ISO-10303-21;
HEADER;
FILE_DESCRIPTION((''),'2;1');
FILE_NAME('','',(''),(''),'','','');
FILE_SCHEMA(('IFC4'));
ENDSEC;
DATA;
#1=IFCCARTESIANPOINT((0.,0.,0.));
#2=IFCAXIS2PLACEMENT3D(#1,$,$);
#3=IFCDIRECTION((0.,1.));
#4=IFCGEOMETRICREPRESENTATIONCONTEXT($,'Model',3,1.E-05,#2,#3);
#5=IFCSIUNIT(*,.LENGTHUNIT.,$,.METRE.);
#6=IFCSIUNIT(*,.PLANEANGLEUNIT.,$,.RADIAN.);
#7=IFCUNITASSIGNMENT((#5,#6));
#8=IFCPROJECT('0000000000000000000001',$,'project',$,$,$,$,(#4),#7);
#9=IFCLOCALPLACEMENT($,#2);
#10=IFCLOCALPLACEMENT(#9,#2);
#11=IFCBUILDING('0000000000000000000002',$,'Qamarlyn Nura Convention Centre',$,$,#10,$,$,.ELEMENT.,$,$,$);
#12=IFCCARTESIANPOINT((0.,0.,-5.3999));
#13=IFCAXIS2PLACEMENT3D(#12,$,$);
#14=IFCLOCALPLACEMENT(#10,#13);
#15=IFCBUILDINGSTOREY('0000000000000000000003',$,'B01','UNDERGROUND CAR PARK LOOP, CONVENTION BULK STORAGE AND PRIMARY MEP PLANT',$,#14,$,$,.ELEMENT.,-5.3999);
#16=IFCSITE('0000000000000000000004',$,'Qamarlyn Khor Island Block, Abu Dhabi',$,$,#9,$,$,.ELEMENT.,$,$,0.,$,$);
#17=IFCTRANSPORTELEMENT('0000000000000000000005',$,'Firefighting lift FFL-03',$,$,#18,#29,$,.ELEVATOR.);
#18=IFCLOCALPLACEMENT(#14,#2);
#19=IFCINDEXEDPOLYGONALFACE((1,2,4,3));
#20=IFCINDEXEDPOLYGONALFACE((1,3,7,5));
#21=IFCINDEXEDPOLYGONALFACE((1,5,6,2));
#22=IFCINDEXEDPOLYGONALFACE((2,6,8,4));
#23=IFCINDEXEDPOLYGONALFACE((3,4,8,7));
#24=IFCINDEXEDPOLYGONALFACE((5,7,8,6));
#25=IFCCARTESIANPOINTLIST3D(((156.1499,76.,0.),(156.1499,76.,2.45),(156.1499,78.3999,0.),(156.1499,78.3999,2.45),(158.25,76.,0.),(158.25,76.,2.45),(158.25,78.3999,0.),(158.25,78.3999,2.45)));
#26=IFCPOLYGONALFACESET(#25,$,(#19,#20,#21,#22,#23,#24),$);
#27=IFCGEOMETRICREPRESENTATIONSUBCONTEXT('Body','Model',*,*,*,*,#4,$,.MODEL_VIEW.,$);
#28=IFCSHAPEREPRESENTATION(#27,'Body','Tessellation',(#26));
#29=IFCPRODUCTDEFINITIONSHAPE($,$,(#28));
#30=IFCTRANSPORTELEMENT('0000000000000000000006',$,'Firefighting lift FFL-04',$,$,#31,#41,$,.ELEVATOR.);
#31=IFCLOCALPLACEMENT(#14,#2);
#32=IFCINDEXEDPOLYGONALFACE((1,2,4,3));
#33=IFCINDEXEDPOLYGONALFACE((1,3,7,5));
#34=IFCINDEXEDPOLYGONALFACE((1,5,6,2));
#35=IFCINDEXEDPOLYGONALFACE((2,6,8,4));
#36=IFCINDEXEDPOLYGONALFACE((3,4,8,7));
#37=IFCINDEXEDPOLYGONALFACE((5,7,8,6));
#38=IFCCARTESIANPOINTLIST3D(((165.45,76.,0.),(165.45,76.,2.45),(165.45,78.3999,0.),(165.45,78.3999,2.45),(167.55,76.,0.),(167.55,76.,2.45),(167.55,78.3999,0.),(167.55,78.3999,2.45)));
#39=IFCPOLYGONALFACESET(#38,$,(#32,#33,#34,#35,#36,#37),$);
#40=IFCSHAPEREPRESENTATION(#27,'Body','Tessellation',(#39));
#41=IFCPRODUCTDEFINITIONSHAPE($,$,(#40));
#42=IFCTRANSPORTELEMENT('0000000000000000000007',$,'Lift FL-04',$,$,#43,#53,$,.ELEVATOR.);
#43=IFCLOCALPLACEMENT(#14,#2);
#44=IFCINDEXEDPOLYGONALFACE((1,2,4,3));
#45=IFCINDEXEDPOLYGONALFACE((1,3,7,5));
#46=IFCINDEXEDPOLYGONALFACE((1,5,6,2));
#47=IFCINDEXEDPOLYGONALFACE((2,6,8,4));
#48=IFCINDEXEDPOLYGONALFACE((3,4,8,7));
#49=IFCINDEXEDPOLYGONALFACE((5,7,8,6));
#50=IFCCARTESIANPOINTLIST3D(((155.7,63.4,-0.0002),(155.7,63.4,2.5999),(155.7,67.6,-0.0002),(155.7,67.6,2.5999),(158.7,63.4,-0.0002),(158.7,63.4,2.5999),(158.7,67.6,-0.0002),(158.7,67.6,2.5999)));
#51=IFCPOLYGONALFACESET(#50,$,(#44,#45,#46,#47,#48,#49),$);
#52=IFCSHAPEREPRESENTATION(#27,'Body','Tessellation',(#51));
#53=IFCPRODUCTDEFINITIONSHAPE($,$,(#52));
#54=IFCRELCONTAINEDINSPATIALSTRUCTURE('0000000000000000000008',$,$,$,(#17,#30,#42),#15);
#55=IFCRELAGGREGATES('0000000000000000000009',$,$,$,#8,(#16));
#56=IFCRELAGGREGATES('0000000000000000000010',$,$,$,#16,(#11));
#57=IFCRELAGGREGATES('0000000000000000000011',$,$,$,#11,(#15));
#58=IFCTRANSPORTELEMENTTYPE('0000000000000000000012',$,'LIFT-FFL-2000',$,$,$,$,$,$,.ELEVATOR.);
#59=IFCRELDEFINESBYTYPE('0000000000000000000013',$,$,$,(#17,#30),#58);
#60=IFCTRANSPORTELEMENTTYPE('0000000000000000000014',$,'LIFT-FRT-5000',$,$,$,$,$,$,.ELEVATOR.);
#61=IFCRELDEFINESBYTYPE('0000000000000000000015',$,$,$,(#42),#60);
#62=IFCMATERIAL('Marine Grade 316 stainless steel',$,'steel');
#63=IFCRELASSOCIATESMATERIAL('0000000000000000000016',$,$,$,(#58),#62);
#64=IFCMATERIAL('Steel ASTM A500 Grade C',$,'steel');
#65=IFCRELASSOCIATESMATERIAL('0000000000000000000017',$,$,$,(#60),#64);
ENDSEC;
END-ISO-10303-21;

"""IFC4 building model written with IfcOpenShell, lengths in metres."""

from ifc_helpers import new_model, si_unit, direction, frame, origin, origin_2d, place, context, subcontext, project, spatial, rectangle, extrude, material, type_object, element, save


model = new_model("IFC4")

# Units and contexts
model_context = context("Model", 3, precision=1e-05, world=origin(), true_north=direction((0.0, 1.0)))
body_context = subcontext(model_context, "Body", "Model", "MODEL_VIEW")
ifc_project = project(units=[si_unit("LENGTHUNIT", "METRE"), si_unit("PLANEANGLEUNIT", "RADIAN")], contexts=[model_context])

# Site, building, storey
site_placement = place(None, origin())
site = spatial("IfcSite", under=ifc_project, at=site_placement, Name="Qamarlyn Khor Island Block, Abu Dhabi", CompositionType="ELEMENT", RefElevation=0.0)
building_placement = place(site_placement, origin())
building = spatial("IfcBuilding", under=site, at=building_placement, Name="Qamarlyn Nura Convention Centre", CompositionType="ELEMENT")
storey_placement = place(building_placement, frame((0.0, 0.0, -5.3999)))
storey = spatial("IfcBuildingStorey", under=building, at=storey_placement, Name="B01", Description="UNDERGROUND CAR PARK LOOP, CONVENTION BULK STORAGE AND PRIMARY MEP PLANT", CompositionType="ELEMENT", Elevation=-5.3999)

# Shared definitions
ifc_material_1 = material(Name="Marine Grade 316 stainless steel", Category="steel")

# Transport elements
transport_element_type_1 = type_object("IfcTransportElementType", Name="LIFT-FFL-2000", PredefinedType="ELEVATOR", material=ifc_material_1)
for number, where, z_axis, x_axis, name in (
    (1, (157.2, 77.2, 0.0), (0.0, 0.0, 1.0), (1.0, 0.0, 0.0), "Firefighting lift FFL-03"),
    (2, (166.5, 77.2, 0.0), (0.0, 0.0, 1.0), (1.0, 0.0, 0.0), "Firefighting lift FFL-04"),
):
    element("IfcTransportElement", number, at=place(storey_placement, frame(where, z_axis=z_axis, x_axis=x_axis)), inside=storey, type_object=transport_element_type_1, Name=name, PredefinedType="ELEVATOR", context=body_context, shape_type="SweptSolid", body=[
        extrude(rectangle(XDim=2.1001, YDim=2.3999, at=origin_2d()), origin(), (0.0, 0.0, 1.0), 2.45),
    ])
ifc_material_2 = material(Name="Steel ASTM A500 Grade C", Category="steel")
transport_element_type_2 = type_object("IfcTransportElementType", Name="LIFT-FRT-5000", PredefinedType="ELEVATOR", material=ifc_material_2)
transport_element_placement = place(storey_placement, frame((157.2, 65.5, -0.0002), z_axis=(0.0, 0.0, 1.0), x_axis=(1.0, 0.0, 0.0)))
element("IfcTransportElement", 3, at=transport_element_placement, inside=storey, type_object=transport_element_type_2, Name="Lift FL-04", PredefinedType="ELEVATOR", context=body_context, shape_type="SweptSolid", body=[
    extrude(rectangle(XDim=3.0, YDim=4.2, at=origin_2d()), origin(), (0.0, 0.0, 1.0), 2.6001),
])

save(model, "model.ifc")
